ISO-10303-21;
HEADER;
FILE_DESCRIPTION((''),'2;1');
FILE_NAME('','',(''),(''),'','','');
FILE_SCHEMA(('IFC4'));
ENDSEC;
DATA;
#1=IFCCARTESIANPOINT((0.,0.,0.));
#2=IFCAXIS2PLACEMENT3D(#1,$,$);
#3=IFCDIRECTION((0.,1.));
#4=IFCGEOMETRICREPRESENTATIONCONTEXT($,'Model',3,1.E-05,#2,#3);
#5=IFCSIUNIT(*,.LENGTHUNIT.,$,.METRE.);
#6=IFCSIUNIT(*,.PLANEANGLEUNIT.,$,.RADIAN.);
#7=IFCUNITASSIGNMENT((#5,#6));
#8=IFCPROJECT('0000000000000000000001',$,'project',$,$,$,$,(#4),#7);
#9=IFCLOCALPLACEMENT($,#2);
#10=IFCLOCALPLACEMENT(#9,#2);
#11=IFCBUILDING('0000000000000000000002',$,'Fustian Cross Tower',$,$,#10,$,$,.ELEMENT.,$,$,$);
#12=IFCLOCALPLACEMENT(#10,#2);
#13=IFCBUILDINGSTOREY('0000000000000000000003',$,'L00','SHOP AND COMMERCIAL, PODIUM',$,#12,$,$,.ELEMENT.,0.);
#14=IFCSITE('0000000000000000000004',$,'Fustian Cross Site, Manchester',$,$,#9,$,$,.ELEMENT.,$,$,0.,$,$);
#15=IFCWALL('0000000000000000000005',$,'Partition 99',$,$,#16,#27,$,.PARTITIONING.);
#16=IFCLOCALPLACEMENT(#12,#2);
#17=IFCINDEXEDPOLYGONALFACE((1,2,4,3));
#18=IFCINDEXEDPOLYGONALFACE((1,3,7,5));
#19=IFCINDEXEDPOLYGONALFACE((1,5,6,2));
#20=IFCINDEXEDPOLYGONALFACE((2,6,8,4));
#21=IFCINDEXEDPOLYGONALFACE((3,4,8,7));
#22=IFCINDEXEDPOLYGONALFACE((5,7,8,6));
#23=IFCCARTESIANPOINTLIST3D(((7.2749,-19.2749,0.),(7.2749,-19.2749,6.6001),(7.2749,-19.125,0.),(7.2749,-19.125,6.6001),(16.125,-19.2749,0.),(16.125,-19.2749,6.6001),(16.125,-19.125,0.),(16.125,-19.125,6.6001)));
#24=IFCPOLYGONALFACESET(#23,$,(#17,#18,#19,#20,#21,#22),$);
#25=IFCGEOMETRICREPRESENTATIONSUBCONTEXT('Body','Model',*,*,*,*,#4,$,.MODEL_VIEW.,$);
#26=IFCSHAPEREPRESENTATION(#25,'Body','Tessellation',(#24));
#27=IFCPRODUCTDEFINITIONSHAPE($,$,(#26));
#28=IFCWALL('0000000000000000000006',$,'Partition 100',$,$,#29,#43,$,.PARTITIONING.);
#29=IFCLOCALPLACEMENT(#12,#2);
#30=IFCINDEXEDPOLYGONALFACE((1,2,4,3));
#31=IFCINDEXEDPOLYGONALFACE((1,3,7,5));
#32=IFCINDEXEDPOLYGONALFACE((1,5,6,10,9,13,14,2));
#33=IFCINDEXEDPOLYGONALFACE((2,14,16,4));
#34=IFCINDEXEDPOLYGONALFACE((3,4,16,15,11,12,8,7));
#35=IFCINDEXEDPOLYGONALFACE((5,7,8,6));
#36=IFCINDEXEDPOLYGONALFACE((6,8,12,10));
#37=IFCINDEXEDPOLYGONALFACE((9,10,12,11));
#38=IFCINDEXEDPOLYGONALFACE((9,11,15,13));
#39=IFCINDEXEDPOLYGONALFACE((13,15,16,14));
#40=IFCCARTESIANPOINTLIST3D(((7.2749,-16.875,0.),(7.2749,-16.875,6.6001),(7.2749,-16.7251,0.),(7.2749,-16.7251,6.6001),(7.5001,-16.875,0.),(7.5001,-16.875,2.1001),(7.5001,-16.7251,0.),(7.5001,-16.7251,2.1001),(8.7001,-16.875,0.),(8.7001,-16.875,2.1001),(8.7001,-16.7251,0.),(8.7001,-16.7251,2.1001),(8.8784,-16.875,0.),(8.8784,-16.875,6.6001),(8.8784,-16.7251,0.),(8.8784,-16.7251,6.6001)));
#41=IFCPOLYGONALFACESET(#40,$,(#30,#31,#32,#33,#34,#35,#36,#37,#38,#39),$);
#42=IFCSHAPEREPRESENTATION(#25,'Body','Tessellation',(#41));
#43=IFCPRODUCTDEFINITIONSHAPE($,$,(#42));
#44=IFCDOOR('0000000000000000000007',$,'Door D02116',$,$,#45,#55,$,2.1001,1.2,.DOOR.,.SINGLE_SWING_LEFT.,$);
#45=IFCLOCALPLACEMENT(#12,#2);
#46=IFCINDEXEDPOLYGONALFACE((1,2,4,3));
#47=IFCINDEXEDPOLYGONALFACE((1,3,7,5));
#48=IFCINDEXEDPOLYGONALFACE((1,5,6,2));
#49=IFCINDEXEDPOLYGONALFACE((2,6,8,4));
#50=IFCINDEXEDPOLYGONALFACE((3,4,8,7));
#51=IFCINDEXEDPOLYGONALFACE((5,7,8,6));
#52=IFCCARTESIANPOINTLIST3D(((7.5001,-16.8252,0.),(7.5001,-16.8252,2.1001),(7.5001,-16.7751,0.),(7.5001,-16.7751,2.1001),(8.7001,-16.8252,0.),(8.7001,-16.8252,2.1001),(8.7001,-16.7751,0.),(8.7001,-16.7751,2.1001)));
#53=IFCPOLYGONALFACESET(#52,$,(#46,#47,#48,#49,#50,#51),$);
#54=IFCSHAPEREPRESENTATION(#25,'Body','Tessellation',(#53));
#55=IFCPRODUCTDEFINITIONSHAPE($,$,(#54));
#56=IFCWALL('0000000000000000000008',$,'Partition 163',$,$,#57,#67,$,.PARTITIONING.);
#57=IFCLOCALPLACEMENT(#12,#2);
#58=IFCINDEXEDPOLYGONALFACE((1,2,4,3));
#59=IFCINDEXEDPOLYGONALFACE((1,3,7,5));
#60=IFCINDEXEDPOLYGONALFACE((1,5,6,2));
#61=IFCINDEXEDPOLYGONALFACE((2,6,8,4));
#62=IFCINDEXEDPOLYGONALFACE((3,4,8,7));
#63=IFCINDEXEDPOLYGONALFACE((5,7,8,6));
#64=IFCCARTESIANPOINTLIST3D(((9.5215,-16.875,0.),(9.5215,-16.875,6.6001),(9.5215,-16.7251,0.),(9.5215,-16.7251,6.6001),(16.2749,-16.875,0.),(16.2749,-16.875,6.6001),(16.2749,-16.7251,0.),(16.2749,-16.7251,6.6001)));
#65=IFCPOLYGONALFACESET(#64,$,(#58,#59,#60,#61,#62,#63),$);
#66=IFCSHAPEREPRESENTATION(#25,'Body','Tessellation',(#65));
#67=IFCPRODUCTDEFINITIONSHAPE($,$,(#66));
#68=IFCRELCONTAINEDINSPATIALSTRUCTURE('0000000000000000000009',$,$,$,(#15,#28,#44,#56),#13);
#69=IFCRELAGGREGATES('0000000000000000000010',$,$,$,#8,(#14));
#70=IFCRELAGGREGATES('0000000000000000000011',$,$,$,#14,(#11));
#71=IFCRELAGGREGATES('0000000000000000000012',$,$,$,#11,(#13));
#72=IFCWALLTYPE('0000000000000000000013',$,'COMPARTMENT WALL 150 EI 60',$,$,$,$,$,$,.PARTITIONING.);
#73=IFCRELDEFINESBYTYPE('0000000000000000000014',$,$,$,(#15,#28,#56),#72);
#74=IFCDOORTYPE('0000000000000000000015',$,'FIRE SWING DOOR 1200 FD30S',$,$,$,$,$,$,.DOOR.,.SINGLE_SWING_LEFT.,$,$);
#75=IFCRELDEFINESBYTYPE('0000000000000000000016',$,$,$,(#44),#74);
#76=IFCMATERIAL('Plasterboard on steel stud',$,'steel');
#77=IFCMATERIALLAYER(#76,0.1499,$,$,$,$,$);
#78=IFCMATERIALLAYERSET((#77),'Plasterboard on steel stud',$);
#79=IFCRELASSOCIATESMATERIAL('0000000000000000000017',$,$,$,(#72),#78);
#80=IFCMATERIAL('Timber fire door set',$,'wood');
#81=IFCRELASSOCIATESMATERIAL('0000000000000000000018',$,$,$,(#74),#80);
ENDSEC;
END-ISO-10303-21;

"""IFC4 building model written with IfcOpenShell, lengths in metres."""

from ifc_helpers import new_model, si_unit, direction, frame, frame_2d, origin, place, context, subcontext, project, spatial, rectangle, extrude, material, layer, layer_set, type_object, element, fill, save


model = new_model("IFC4")

# Units and contexts
model_context = context("Model", 3, precision=1e-05, world=origin(), true_north=direction((0.0, 1.0)))
body_context = subcontext(model_context, "Body", "Model", "MODEL_VIEW")
ifc_project = project(units=[si_unit("LENGTHUNIT", "METRE"), si_unit("PLANEANGLEUNIT", "RADIAN")], contexts=[model_context])

# Site, building, storey
site_placement = place(None, origin())
site = spatial("IfcSite", under=ifc_project, at=site_placement, Name="Fustian Cross Site, Manchester", CompositionType="ELEMENT", RefElevation=0.0)
building_placement = place(site_placement, origin())
building = spatial("IfcBuilding", under=site, at=building_placement, Name="Fustian Cross Tower", CompositionType="ELEMENT")
storey_placement = place(building_placement, origin())
storey = spatial("IfcBuildingStorey", under=building, at=storey_placement, Name="L00", Description="SHOP AND COMMERCIAL, PODIUM", CompositionType="ELEMENT", Elevation=0.0)

# Shared definitions
ifc_material_1 = material(Name="Plasterboard on steel stud", Category="steel")
ifc_layer = layer(ifc_material_1, 0.1499)
ifc_layer_set = layer_set([ifc_layer], Name="Plasterboard on steel stud")
wall_type = type_object("IfcWallType", Name="COMPARTMENT WALL 150 EI 60", PredefinedType="PARTITIONING", material=ifc_layer_set)

# Shared definitions
ifc_material_2 = material(Name="Timber fire door set", Category="wood")
door_type_1 = type_object("IfcDoorType", Name="FIRE SWING DOOR 1200 FD30S", OperationType="SINGLE_SWING_LEFT", PredefinedType="DOOR", material=ifc_material_2)

# Wall
for number, where, z_axis, x_axis, name in (
    (1, (7.2749, -19.2, 0.0), (0.0, 0.0, 1.0), (1.0, 0.0, 0.0), "Partition 99"),
):
    element("IfcWall", number, at=place(storey_placement, frame(where, z_axis=z_axis, x_axis=x_axis)), inside=storey, type_object=wall_type, Name=name, PredefinedType="PARTITIONING", context=body_context, shape_type="SweptSolid", body=[
        extrude(rectangle(XDim=8.8501, YDim=0.1499, at=frame_2d((4.425, 0.0))), origin(), (0.0, 0.0, 1.0), 6.6001),
    ])

# Wall, opening, door
wall_1_placement = place(storey_placement, frame((7.2749, -16.8, 0.0), z_axis=(0.0, 0.0, 1.0), x_axis=(1.0, 0.0, 0.0)))
wall_1 = element("IfcWall", 2, at=wall_1_placement, inside=storey, type_object=wall_type, Name="Partition 100", PredefinedType="PARTITIONING", context=body_context, shape_type="SweptSolid", body=[
    extrude(rectangle(XDim=1.6035, YDim=0.1499, at=frame_2d((0.8018, 0.0))), origin(), (0.0, 0.0, 1.0), 6.6001),
])
opening_1_placement = place(wall_1_placement, frame((0.2251, 0.0, 0.0)))
opening_1 = element("IfcOpeningElement", 3, at=opening_1_placement, cuts=wall_1, PredefinedType="OPENING", context=body_context, shape_type="SweptSolid", body=[
    extrude(rectangle(XDim=1.2, YDim=2.1001, at=frame_2d((0.6001, 1.05))), frame((0.0, 0.085, 0.0), z_axis=(0.0, -1.0, 0.0), x_axis=(1.0, 0.0, 0.0)), (0.0, 0.0, 1.0), 0.1699),
])
door_1_placement = place(opening_1_placement, origin())
door_1 = element("IfcDoor", 4, at=door_1_placement, inside=storey, type_object=door_type_1, Name="Door D02116", OperationType="SINGLE_SWING_LEFT", OverallHeight=2.1001, OverallWidth=1.2, PredefinedType="DOOR", context=body_context, shape_type="SweptSolid", body=[
    extrude(rectangle(XDim=1.2, YDim=2.1001, at=frame_2d((0.6001, 1.05))), frame((0.0, 0.0249, 0.0), z_axis=(0.0, -1.0, 0.0), x_axis=(1.0, 0.0, 0.0)), (0.0, 0.0, 1.0), 0.05),
])
fill(opening_1, door_1)

# Wall
wall_2_placement = place(storey_placement, frame((9.5215, -16.8, 0.0), z_axis=(0.0, 0.0, 1.0), x_axis=(1.0, 0.0, 0.0)))
element("IfcWall", 5, at=wall_2_placement, inside=storey, type_object=wall_type, Name="Partition 163", PredefinedType="PARTITIONING", context=body_context, shape_type="SweptSolid", body=[
    extrude(rectangle(XDim=6.7534, YDim=0.1499, at=frame_2d((3.3767, 0.0))), origin(), (0.0, 0.0, 1.0), 6.6001),
])

save(model, "model.ifc")
